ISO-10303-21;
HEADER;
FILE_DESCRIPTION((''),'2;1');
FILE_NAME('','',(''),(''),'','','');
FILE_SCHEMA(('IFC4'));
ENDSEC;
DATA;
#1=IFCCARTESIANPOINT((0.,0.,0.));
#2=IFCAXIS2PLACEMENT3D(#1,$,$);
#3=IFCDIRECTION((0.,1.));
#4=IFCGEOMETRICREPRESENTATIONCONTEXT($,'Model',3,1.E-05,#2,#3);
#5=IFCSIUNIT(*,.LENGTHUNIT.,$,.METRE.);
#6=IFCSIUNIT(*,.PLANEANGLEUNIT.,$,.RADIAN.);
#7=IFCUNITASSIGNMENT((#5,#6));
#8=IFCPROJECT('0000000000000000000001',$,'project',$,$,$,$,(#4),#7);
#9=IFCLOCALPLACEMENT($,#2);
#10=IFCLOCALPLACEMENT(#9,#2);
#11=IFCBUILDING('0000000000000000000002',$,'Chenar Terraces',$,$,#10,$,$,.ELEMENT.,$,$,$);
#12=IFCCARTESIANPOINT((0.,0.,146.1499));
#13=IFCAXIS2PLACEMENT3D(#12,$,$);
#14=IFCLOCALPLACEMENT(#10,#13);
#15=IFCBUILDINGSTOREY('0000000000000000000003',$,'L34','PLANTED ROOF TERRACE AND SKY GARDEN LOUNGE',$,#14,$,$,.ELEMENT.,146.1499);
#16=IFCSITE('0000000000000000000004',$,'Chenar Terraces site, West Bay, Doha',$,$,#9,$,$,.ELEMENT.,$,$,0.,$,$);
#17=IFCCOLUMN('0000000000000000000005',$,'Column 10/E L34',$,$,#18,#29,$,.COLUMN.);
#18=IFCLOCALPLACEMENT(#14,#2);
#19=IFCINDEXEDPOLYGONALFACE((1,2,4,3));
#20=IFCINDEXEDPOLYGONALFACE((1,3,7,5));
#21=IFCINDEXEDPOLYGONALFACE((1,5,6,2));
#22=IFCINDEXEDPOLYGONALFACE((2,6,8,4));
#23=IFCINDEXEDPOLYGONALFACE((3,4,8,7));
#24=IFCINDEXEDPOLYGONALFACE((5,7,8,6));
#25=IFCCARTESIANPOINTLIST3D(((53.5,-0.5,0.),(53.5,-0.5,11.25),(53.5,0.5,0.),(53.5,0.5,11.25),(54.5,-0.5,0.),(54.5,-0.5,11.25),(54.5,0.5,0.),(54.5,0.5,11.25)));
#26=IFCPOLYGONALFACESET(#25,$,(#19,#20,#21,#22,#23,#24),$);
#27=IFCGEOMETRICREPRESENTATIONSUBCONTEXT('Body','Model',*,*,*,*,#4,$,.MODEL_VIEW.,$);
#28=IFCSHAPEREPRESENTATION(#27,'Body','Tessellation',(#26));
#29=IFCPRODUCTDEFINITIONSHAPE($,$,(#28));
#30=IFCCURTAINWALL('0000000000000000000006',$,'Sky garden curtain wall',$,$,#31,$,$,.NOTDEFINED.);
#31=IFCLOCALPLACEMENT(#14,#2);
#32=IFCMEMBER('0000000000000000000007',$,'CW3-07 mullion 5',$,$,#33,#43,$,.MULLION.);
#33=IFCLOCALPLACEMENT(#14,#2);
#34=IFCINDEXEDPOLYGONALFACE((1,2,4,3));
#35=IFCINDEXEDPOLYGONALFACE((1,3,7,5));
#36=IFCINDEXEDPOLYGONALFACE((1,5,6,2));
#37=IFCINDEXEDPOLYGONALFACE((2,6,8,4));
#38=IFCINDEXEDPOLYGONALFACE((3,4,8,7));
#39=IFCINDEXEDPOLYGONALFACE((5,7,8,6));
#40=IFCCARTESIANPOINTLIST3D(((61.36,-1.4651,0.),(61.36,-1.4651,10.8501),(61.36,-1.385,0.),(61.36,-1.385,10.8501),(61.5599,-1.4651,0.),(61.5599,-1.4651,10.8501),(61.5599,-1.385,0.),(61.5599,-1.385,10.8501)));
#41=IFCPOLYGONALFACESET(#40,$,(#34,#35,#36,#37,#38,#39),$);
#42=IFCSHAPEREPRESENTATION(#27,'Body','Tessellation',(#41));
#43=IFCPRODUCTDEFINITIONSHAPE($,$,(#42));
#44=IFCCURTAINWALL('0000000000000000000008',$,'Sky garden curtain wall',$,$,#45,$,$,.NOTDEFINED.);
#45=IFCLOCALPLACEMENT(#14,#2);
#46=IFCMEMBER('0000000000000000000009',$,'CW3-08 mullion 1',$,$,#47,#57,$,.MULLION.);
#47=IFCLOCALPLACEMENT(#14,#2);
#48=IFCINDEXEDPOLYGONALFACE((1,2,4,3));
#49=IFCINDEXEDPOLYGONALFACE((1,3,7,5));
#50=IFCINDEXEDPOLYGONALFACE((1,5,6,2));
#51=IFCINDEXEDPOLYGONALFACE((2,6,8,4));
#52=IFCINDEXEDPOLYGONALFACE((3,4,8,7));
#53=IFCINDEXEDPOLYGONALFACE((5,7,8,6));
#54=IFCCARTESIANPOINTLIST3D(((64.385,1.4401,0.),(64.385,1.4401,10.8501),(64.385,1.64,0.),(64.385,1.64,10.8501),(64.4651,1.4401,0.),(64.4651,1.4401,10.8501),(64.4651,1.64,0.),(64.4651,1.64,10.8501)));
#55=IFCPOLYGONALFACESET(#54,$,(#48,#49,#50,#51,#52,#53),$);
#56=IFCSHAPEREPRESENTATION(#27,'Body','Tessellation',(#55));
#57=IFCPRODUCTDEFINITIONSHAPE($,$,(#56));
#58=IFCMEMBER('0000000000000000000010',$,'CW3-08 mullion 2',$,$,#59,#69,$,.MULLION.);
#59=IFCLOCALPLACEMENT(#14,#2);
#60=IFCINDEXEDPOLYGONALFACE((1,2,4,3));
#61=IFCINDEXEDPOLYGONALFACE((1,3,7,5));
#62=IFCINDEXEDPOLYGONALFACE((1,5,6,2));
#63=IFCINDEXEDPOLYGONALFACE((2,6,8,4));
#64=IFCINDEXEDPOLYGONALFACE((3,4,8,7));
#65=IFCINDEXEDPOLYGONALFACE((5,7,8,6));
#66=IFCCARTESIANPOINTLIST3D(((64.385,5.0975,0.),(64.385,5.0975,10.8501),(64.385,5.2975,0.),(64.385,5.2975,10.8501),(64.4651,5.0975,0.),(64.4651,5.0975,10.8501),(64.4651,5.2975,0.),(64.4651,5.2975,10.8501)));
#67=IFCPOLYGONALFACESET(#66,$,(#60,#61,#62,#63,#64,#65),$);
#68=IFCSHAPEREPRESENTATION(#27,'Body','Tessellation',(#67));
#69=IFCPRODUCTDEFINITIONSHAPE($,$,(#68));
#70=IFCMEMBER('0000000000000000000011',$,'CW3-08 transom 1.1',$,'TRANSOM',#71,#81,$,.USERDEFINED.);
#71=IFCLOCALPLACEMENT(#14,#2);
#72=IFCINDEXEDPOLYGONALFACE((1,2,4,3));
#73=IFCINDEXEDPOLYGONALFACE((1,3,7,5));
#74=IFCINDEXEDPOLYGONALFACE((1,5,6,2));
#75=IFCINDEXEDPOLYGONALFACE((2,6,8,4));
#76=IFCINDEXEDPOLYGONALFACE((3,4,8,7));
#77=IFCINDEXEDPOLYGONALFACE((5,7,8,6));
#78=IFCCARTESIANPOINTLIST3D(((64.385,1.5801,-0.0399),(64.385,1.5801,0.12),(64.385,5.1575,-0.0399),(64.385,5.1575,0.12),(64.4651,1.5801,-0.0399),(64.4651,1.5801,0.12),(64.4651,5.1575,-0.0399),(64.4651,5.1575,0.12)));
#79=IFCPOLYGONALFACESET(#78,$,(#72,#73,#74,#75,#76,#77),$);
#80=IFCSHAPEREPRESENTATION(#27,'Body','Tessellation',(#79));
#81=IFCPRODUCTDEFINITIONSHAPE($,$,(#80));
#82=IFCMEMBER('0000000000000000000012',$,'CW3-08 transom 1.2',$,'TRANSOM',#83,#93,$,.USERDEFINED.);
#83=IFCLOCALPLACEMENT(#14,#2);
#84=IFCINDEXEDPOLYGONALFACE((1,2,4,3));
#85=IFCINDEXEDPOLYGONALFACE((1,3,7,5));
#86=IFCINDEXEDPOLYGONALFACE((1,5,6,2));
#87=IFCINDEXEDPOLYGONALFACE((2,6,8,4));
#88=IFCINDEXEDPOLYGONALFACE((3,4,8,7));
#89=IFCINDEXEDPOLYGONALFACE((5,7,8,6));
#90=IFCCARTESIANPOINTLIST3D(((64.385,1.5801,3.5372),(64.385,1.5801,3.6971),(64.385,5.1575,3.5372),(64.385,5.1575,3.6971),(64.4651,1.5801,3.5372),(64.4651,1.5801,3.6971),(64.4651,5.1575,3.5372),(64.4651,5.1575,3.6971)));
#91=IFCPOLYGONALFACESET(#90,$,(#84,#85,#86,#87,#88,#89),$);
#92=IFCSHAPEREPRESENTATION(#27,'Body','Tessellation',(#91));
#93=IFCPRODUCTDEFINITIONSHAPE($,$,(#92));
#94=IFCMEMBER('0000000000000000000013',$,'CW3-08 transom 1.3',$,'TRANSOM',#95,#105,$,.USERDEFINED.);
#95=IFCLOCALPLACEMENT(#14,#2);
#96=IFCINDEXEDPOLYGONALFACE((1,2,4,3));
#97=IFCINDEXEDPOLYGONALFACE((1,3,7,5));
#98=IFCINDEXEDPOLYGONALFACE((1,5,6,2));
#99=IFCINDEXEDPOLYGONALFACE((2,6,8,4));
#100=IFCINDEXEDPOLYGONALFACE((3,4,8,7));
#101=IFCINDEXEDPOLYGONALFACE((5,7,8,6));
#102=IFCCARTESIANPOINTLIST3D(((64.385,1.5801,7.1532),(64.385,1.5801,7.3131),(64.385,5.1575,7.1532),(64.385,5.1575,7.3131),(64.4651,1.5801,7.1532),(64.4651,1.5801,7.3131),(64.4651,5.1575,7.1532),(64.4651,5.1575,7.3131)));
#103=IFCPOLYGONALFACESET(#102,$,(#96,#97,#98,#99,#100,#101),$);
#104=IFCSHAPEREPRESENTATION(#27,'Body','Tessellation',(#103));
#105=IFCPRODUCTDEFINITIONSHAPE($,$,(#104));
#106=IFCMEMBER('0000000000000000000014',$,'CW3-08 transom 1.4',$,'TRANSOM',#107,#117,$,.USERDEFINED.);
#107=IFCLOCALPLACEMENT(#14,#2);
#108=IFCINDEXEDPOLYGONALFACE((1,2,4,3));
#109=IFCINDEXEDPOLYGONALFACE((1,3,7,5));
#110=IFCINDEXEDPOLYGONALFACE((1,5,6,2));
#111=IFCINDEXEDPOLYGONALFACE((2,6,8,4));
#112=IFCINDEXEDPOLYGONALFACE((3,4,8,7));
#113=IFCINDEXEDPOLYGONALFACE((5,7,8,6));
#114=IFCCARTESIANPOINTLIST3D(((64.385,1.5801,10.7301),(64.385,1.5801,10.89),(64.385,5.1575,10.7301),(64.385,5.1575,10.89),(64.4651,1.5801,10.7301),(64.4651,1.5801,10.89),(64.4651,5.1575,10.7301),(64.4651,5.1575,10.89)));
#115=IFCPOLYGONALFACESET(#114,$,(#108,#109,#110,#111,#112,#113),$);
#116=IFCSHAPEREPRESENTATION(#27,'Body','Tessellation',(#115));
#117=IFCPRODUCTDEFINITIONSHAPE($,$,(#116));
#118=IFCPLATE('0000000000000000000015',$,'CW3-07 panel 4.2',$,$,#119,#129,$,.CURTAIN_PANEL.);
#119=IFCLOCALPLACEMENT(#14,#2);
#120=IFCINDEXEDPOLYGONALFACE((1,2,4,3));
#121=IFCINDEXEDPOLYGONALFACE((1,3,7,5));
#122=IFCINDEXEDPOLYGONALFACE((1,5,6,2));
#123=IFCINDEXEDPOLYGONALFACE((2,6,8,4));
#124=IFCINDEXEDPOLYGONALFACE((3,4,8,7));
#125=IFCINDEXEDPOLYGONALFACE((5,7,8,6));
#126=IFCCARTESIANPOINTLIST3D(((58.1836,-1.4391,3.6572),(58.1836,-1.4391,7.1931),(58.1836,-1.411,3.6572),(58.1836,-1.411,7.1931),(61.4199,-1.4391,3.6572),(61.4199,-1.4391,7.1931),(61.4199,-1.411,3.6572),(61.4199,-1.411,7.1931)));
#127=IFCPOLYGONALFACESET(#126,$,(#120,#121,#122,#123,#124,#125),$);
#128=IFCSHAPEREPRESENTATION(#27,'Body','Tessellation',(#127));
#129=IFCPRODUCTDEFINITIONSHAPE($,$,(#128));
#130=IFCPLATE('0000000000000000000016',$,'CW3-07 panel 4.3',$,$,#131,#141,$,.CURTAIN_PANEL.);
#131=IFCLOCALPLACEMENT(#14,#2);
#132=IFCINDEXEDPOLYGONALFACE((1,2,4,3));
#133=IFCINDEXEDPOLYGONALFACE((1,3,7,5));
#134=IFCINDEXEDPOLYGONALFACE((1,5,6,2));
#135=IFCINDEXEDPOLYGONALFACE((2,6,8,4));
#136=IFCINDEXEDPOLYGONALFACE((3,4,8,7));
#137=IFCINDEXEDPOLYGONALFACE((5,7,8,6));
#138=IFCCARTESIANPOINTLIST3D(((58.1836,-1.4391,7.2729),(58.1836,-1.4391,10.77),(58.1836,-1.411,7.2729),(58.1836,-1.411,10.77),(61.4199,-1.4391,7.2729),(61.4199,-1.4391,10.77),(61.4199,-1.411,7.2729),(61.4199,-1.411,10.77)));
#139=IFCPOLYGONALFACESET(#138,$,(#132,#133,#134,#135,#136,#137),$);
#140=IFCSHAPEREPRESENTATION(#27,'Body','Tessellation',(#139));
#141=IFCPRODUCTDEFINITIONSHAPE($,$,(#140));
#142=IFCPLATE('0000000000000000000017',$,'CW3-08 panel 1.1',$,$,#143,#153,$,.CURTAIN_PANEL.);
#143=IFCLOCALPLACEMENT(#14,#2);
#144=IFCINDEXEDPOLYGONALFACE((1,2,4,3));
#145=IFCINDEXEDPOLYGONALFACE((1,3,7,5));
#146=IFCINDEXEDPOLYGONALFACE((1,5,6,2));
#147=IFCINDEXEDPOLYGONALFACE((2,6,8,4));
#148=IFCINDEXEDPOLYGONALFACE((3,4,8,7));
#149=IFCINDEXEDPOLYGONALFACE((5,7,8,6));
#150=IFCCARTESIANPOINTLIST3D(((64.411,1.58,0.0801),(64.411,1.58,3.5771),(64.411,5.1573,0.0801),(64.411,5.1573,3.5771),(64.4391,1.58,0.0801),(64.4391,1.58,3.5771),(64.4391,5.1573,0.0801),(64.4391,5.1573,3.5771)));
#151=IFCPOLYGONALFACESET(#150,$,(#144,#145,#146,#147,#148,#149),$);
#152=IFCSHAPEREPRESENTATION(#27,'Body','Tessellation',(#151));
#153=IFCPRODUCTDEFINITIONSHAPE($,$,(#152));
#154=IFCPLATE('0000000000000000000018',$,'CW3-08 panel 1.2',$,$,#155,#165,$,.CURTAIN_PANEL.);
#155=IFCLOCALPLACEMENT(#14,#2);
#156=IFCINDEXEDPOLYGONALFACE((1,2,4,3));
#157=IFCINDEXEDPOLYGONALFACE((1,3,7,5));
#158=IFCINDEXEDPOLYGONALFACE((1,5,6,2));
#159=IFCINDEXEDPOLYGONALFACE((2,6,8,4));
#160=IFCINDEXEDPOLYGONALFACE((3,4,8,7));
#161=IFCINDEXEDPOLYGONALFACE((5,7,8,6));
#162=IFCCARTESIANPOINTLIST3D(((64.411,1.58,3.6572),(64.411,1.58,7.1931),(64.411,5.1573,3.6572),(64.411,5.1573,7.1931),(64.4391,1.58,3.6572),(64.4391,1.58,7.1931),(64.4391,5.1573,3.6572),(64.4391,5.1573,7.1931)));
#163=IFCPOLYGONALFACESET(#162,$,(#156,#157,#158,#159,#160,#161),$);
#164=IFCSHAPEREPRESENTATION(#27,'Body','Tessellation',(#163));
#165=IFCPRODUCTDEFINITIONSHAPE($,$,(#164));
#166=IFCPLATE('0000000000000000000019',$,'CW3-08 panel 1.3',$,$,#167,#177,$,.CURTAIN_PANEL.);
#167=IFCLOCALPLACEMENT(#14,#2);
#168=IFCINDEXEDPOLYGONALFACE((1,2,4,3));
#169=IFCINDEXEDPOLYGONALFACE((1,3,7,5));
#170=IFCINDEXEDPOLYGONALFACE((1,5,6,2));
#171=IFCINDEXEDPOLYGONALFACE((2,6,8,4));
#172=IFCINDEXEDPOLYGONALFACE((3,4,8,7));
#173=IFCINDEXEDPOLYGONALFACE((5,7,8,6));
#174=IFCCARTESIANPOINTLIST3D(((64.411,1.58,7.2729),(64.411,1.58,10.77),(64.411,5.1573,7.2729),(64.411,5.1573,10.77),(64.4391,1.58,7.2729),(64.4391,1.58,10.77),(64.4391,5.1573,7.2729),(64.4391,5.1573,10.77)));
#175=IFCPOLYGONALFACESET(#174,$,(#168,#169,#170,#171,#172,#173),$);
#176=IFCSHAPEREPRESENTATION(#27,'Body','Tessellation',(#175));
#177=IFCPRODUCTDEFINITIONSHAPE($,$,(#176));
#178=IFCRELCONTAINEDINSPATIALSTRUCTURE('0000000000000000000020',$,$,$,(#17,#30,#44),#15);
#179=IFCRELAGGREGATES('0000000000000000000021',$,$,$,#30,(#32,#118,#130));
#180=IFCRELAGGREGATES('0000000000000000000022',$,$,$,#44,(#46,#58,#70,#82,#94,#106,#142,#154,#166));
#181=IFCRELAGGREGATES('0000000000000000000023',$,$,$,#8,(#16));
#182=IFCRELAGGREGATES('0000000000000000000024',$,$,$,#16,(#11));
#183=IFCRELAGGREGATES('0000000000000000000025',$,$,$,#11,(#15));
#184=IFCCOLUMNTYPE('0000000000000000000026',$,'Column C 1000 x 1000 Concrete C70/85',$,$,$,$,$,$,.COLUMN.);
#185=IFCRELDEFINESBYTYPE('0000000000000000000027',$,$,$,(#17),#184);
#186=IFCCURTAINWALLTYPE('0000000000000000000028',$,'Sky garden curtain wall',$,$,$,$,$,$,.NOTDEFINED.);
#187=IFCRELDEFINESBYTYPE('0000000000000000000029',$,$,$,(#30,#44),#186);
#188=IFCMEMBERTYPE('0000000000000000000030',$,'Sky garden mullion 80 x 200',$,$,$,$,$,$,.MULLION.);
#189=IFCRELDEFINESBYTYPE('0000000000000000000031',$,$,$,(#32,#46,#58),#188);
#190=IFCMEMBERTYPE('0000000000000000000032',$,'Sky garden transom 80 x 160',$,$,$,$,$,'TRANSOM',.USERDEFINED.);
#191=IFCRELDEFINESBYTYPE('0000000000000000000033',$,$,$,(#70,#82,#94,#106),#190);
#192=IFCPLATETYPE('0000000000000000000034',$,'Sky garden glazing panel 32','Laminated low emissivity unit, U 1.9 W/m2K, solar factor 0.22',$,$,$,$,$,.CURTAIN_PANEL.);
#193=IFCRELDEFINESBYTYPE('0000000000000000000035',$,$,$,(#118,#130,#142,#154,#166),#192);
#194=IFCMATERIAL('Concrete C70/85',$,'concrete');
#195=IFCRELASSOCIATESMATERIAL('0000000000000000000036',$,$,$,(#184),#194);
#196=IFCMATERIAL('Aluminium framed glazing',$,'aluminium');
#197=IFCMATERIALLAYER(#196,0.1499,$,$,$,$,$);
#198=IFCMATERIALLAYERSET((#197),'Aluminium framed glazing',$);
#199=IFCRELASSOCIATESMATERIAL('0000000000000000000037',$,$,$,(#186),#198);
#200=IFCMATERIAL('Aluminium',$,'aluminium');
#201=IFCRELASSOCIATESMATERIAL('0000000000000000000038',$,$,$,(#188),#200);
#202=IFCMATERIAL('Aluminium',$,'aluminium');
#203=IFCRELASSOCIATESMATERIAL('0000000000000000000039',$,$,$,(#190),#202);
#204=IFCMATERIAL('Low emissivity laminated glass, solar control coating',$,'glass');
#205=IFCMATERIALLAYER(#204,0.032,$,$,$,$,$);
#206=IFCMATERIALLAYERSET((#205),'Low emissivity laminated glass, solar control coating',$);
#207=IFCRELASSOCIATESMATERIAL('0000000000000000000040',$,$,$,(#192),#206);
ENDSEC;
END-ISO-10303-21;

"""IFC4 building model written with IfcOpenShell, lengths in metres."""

from ifc_helpers import new_model, si_unit, direction, frame, origin, origin_2d, place, context, subcontext, project, spatial, rectangle, extrude, material, layer, layer_set, material_profile, profile_set, type_object, element, aggregate, save


model = new_model("IFC4")

# Units and contexts
model_context = context("Model", 3, precision=1e-05, world=origin(), true_north=direction((0.0, 1.0)))
body_context = subcontext(model_context, "Body", "Model", "MODEL_VIEW")
ifc_project = project(units=[si_unit("LENGTHUNIT", "METRE"), si_unit("PLANEANGLEUNIT", "RADIAN")], contexts=[model_context])

# Site, building, storey
site_placement = place(None, origin())
site = spatial("IfcSite", under=ifc_project, at=site_placement, Name="Chenar Terraces site, West Bay, Doha", CompositionType="ELEMENT", RefElevation=0.0)
building_placement = place(site_placement, origin())
building = spatial("IfcBuilding", under=site, at=building_placement, Name="Chenar Terraces", CompositionType="ELEMENT")
storey_placement = place(building_placement, frame((0.0, 0.0, 146.1499)))
storey = spatial("IfcBuildingStorey", under=building, at=storey_placement, Name="L34", Description="PLANTED ROOF TERRACE AND SKY GARDEN LOUNGE", CompositionType="ELEMENT", Elevation=146.1499)

# Column
ifc_material_1 = material(Name="Concrete C70/85", Category="concrete")
ifc_material_profile_1 = material_profile(ifc_material_1, rectangle(XDim=1.0, YDim=1.0, at=origin_2d()), Name="C 1000 x 1000")
ifc_profile_set_1 = profile_set([ifc_material_profile_1], Name="Concrete C70/85")
column_type = type_object("IfcColumnType", Name="Column C 1000 x 1000 Concrete C70/85", PredefinedType="COLUMN", material=ifc_profile_set_1)
column_placement = place(storey_placement, frame((54.0, 0.0, 0.0), z_axis=(0.0, 0.0, 1.0), x_axis=(1.0, 0.0, 0.0)))
element("IfcColumn", 1, at=column_placement, inside=storey, type_object=column_type, Name="Column 10/E L34", PredefinedType="COLUMN", context=body_context, shape_type="SweptSolid", body=[
    extrude(rectangle(XDim=1.0, YDim=1.0, at=origin_2d()), origin(), (0.0, 0.0, 1.0), 11.25),
])

# Curtain wall, member
ifc_material_2 = material(Name="Aluminium framed glazing", Category="aluminium")
ifc_layer_1 = layer(ifc_material_2, 0.1499)
ifc_layer_set_1 = layer_set([ifc_layer_1], Name="Aluminium framed glazing")
curtain_wall_type = type_object("IfcCurtainWallType", Name="Sky garden curtain wall", PredefinedType="NOTDEFINED", material=ifc_layer_set_1)
placement = place(storey_placement, origin())
curtain_wall_1 = element("IfcCurtainWall", 2, at=placement, inside=storey, type_object=curtain_wall_type, Name="Sky garden curtain wall", PredefinedType="NOTDEFINED")
ifc_material_3 = material(Name="Aluminium", Category="aluminium")
ifc_material_profile_2 = material_profile(ifc_material_3, rectangle(XDim=0.0801, YDim=0.2, at=origin_2d()), Name="Sky garden mullion 80 x 200")
ifc_profile_set_2 = profile_set([ifc_material_profile_2], Name="Aluminium")
member_type_1 = type_object("IfcMemberType", Name="Sky garden mullion 80 x 200", PredefinedType="MULLION", material=ifc_profile_set_2)
member_1_placement = place(storey_placement, frame((61.46, -1.425, 0.0), z_axis=(0.0, 0.0, 1.0), x_axis=(0.0, 1.0, 0.0)))
member_1 = element("IfcMember", 3, at=member_1_placement, type_object=member_type_1, Name="CW3-07 mullion 5", PredefinedType="MULLION", context=body_context, shape_type="SweptSolid", body=[
    extrude(rectangle(XDim=0.0801, YDim=0.2, at=origin_2d()), origin(), (0.0, 0.0, 1.0), 10.8501),
])

# Curtain wall, members
curtain_wall_2 = element("IfcCurtainWall", 4, at=placement, inside=storey, type_object=curtain_wall_type, Name="Sky garden curtain wall", PredefinedType="NOTDEFINED")
member_2_placement = place(storey_placement, frame((64.425, 1.54, 0.0), z_axis=(0.0, 0.0, 1.0), x_axis=(-1.0, 0.0, 0.0)))
member_2 = element("IfcMember", 5, at=member_2_placement, type_object=member_type_1, Name="CW3-08 mullion 1", PredefinedType="MULLION", context=body_context, shape_type="SweptSolid", body=[
    extrude(rectangle(XDim=0.0801, YDim=0.2, at=origin_2d()), origin(), (0.0, 0.0, 1.0), 10.8501),
])
member_3_placement = place(storey_placement, frame((64.425, 5.1975, 0.0), z_axis=(0.0, 0.0, 1.0), x_axis=(-1.0, 0.0, 0.0)))
member_3 = element("IfcMember", 6, at=member_3_placement, type_object=member_type_1, Name="CW3-08 mullion 2", PredefinedType="MULLION", context=body_context, shape_type="SweptSolid", body=[
    extrude(rectangle(XDim=0.0801, YDim=0.2, at=origin_2d()), origin(), (0.0, 0.0, 1.0), 10.8501),
])
ifc_material_4 = material(Name="Aluminium", Category="aluminium")
ifc_material_profile_3 = material_profile(ifc_material_4, rectangle(XDim=0.0801, YDim=0.1599, at=origin_2d()), Name="Sky garden transom 80 x 160")
ifc_profile_set_3 = profile_set([ifc_material_profile_3], Name="Aluminium")
member_type_2 = type_object("IfcMemberType", Name="Sky garden transom 80 x 160", ElementType="TRANSOM", PredefinedType="USERDEFINED", material=ifc_profile_set_3)
member_4_placement = place(storey_placement, frame((64.425, 1.5801, 0.04), z_axis=(0.0, 1.0, 0.0), x_axis=(-1.0, 0.0, 0.0)))
member_4 = element("IfcMember", 7, at=member_4_placement, type_object=member_type_2, Name="CW3-08 transom 1.1", ObjectType="TRANSOM", PredefinedType="USERDEFINED", context=body_context, shape_type="SweptSolid", body=[
    extrude(rectangle(XDim=0.0801, YDim=0.1599, at=origin_2d()), origin(), (0.0, 0.0, 1.0), 3.5774),
])
member_5_placement = place(storey_placement, frame((64.425, 1.5801, 3.6172), z_axis=(0.0, 1.0, 0.0), x_axis=(-1.0, 0.0, 0.0)))
member_5 = element("IfcMember", 8, at=member_5_placement, type_object=member_type_2, Name="CW3-08 transom 1.2", ObjectType="TRANSOM", PredefinedType="USERDEFINED", context=body_context, shape_type="SweptSolid", body=[
    extrude(rectangle(XDim=0.0801, YDim=0.1599, at=origin_2d()), origin(), (0.0, 0.0, 1.0), 3.5774),
])
member_6_placement = place(storey_placement, frame((64.425, 1.5801, 7.2332), z_axis=(0.0, 1.0, 0.0), x_axis=(-1.0, 0.0, 0.0)))
member_6 = element("IfcMember", 9, at=member_6_placement, type_object=member_type_2, Name="CW3-08 transom 1.3", ObjectType="TRANSOM", PredefinedType="USERDEFINED", context=body_context, shape_type="SweptSolid", body=[
    extrude(rectangle(XDim=0.0801, YDim=0.1599, at=origin_2d()), origin(), (0.0, 0.0, 1.0), 3.5774),
])
member_7_placement = place(storey_placement, frame((64.425, 1.5801, 10.8101), z_axis=(0.0, 1.0, 0.0), x_axis=(-1.0, 0.0, 0.0)))
member_7 = element("IfcMember", 10, at=member_7_placement, type_object=member_type_2, Name="CW3-08 transom 1.4", ObjectType="TRANSOM", PredefinedType="USERDEFINED", context=body_context, shape_type="SweptSolid", body=[
    extrude(rectangle(XDim=0.0801, YDim=0.1599, at=origin_2d()), origin(), (0.0, 0.0, 1.0), 3.5774),
])

# Plates
ifc_material_5 = material(Name="Low emissivity laminated glass, solar control coating", Category="glass")
ifc_layer_2 = layer(ifc_material_5, 0.032)
ifc_layer_set_2 = layer_set([ifc_layer_2], Name="Low emissivity laminated glass, solar control coating")
plate_type = type_object("IfcPlateType", Name="Sky garden glazing panel 32", Description="Laminated low emissivity unit, U 1.9 W/m2K, solar factor 0.22", PredefinedType="CURTAIN_PANEL", material=ifc_layer_set_2)
plate_1_placement = place(storey_placement, frame((59.8018, -1.425, 3.6572), z_axis=(0.0, 0.0, 1.0), x_axis=(1.0, 0.0, 0.0)))
plate_1 = element("IfcPlate", 11, at=plate_1_placement, type_object=plate_type, Name="CW3-07 panel 4.2", PredefinedType="CURTAIN_PANEL", context=body_context, shape_type="SweptSolid", body=[
    extrude(rectangle(XDim=3.2363, YDim=0.0281, at=origin_2d()), origin(), (0.0, 0.0, 1.0), 3.5359),
])
plate_2_placement = place(storey_placement, frame((59.8018, -1.425, 7.2729), z_axis=(0.0, 0.0, 1.0), x_axis=(1.0, 0.0, 0.0)))
plate_2 = element("IfcPlate", 12, at=plate_2_placement, type_object=plate_type, Name="CW3-07 panel 4.3", PredefinedType="CURTAIN_PANEL", context=body_context, shape_type="SweptSolid", body=[
    extrude(rectangle(XDim=3.2363, YDim=0.0281, at=origin_2d()), origin(), (0.0, 0.0, 1.0), 3.4971),
])
aggregate(curtain_wall_1, [member_1, plate_1, plate_2])
plate_3_placement = place(storey_placement, frame((64.425, 3.3687, 0.0801), z_axis=(0.0, 0.0, 1.0), x_axis=(0.0, 1.0, 0.0)))
plate_3 = element("IfcPlate", 13, at=plate_3_placement, type_object=plate_type, Name="CW3-08 panel 1.1", PredefinedType="CURTAIN_PANEL", context=body_context, shape_type="SweptSolid", body=[
    extrude(rectangle(XDim=3.5774, YDim=0.0281, at=origin_2d()), origin(), (0.0, 0.0, 1.0), 3.4971),
])
plate_4_placement = place(storey_placement, frame((64.425, 3.3687, 3.6572), z_axis=(0.0, 0.0, 1.0), x_axis=(0.0, 1.0, 0.0)))
plate_4 = element("IfcPlate", 14, at=plate_4_placement, type_object=plate_type, Name="CW3-08 panel 1.2", PredefinedType="CURTAIN_PANEL", context=body_context, shape_type="SweptSolid", body=[
    extrude(rectangle(XDim=3.5774, YDim=0.0281, at=origin_2d()), origin(), (0.0, 0.0, 1.0), 3.5359),
])
plate_5_placement = place(storey_placement, frame((64.425, 3.3687, 7.2729), z_axis=(0.0, 0.0, 1.0), x_axis=(0.0, 1.0, 0.0)))
plate_5 = element("IfcPlate", 15, at=plate_5_placement, type_object=plate_type, Name="CW3-08 panel 1.3", PredefinedType="CURTAIN_PANEL", context=body_context, shape_type="SweptSolid", body=[
    extrude(rectangle(XDim=3.5774, YDim=0.0281, at=origin_2d()), origin(), (0.0, 0.0, 1.0), 3.4971),
])
aggregate(curtain_wall_2, [member_2, member_3, member_4, member_5, member_6, member_7, plate_3, plate_4, plate_5])

save(model, "model.ifc")
